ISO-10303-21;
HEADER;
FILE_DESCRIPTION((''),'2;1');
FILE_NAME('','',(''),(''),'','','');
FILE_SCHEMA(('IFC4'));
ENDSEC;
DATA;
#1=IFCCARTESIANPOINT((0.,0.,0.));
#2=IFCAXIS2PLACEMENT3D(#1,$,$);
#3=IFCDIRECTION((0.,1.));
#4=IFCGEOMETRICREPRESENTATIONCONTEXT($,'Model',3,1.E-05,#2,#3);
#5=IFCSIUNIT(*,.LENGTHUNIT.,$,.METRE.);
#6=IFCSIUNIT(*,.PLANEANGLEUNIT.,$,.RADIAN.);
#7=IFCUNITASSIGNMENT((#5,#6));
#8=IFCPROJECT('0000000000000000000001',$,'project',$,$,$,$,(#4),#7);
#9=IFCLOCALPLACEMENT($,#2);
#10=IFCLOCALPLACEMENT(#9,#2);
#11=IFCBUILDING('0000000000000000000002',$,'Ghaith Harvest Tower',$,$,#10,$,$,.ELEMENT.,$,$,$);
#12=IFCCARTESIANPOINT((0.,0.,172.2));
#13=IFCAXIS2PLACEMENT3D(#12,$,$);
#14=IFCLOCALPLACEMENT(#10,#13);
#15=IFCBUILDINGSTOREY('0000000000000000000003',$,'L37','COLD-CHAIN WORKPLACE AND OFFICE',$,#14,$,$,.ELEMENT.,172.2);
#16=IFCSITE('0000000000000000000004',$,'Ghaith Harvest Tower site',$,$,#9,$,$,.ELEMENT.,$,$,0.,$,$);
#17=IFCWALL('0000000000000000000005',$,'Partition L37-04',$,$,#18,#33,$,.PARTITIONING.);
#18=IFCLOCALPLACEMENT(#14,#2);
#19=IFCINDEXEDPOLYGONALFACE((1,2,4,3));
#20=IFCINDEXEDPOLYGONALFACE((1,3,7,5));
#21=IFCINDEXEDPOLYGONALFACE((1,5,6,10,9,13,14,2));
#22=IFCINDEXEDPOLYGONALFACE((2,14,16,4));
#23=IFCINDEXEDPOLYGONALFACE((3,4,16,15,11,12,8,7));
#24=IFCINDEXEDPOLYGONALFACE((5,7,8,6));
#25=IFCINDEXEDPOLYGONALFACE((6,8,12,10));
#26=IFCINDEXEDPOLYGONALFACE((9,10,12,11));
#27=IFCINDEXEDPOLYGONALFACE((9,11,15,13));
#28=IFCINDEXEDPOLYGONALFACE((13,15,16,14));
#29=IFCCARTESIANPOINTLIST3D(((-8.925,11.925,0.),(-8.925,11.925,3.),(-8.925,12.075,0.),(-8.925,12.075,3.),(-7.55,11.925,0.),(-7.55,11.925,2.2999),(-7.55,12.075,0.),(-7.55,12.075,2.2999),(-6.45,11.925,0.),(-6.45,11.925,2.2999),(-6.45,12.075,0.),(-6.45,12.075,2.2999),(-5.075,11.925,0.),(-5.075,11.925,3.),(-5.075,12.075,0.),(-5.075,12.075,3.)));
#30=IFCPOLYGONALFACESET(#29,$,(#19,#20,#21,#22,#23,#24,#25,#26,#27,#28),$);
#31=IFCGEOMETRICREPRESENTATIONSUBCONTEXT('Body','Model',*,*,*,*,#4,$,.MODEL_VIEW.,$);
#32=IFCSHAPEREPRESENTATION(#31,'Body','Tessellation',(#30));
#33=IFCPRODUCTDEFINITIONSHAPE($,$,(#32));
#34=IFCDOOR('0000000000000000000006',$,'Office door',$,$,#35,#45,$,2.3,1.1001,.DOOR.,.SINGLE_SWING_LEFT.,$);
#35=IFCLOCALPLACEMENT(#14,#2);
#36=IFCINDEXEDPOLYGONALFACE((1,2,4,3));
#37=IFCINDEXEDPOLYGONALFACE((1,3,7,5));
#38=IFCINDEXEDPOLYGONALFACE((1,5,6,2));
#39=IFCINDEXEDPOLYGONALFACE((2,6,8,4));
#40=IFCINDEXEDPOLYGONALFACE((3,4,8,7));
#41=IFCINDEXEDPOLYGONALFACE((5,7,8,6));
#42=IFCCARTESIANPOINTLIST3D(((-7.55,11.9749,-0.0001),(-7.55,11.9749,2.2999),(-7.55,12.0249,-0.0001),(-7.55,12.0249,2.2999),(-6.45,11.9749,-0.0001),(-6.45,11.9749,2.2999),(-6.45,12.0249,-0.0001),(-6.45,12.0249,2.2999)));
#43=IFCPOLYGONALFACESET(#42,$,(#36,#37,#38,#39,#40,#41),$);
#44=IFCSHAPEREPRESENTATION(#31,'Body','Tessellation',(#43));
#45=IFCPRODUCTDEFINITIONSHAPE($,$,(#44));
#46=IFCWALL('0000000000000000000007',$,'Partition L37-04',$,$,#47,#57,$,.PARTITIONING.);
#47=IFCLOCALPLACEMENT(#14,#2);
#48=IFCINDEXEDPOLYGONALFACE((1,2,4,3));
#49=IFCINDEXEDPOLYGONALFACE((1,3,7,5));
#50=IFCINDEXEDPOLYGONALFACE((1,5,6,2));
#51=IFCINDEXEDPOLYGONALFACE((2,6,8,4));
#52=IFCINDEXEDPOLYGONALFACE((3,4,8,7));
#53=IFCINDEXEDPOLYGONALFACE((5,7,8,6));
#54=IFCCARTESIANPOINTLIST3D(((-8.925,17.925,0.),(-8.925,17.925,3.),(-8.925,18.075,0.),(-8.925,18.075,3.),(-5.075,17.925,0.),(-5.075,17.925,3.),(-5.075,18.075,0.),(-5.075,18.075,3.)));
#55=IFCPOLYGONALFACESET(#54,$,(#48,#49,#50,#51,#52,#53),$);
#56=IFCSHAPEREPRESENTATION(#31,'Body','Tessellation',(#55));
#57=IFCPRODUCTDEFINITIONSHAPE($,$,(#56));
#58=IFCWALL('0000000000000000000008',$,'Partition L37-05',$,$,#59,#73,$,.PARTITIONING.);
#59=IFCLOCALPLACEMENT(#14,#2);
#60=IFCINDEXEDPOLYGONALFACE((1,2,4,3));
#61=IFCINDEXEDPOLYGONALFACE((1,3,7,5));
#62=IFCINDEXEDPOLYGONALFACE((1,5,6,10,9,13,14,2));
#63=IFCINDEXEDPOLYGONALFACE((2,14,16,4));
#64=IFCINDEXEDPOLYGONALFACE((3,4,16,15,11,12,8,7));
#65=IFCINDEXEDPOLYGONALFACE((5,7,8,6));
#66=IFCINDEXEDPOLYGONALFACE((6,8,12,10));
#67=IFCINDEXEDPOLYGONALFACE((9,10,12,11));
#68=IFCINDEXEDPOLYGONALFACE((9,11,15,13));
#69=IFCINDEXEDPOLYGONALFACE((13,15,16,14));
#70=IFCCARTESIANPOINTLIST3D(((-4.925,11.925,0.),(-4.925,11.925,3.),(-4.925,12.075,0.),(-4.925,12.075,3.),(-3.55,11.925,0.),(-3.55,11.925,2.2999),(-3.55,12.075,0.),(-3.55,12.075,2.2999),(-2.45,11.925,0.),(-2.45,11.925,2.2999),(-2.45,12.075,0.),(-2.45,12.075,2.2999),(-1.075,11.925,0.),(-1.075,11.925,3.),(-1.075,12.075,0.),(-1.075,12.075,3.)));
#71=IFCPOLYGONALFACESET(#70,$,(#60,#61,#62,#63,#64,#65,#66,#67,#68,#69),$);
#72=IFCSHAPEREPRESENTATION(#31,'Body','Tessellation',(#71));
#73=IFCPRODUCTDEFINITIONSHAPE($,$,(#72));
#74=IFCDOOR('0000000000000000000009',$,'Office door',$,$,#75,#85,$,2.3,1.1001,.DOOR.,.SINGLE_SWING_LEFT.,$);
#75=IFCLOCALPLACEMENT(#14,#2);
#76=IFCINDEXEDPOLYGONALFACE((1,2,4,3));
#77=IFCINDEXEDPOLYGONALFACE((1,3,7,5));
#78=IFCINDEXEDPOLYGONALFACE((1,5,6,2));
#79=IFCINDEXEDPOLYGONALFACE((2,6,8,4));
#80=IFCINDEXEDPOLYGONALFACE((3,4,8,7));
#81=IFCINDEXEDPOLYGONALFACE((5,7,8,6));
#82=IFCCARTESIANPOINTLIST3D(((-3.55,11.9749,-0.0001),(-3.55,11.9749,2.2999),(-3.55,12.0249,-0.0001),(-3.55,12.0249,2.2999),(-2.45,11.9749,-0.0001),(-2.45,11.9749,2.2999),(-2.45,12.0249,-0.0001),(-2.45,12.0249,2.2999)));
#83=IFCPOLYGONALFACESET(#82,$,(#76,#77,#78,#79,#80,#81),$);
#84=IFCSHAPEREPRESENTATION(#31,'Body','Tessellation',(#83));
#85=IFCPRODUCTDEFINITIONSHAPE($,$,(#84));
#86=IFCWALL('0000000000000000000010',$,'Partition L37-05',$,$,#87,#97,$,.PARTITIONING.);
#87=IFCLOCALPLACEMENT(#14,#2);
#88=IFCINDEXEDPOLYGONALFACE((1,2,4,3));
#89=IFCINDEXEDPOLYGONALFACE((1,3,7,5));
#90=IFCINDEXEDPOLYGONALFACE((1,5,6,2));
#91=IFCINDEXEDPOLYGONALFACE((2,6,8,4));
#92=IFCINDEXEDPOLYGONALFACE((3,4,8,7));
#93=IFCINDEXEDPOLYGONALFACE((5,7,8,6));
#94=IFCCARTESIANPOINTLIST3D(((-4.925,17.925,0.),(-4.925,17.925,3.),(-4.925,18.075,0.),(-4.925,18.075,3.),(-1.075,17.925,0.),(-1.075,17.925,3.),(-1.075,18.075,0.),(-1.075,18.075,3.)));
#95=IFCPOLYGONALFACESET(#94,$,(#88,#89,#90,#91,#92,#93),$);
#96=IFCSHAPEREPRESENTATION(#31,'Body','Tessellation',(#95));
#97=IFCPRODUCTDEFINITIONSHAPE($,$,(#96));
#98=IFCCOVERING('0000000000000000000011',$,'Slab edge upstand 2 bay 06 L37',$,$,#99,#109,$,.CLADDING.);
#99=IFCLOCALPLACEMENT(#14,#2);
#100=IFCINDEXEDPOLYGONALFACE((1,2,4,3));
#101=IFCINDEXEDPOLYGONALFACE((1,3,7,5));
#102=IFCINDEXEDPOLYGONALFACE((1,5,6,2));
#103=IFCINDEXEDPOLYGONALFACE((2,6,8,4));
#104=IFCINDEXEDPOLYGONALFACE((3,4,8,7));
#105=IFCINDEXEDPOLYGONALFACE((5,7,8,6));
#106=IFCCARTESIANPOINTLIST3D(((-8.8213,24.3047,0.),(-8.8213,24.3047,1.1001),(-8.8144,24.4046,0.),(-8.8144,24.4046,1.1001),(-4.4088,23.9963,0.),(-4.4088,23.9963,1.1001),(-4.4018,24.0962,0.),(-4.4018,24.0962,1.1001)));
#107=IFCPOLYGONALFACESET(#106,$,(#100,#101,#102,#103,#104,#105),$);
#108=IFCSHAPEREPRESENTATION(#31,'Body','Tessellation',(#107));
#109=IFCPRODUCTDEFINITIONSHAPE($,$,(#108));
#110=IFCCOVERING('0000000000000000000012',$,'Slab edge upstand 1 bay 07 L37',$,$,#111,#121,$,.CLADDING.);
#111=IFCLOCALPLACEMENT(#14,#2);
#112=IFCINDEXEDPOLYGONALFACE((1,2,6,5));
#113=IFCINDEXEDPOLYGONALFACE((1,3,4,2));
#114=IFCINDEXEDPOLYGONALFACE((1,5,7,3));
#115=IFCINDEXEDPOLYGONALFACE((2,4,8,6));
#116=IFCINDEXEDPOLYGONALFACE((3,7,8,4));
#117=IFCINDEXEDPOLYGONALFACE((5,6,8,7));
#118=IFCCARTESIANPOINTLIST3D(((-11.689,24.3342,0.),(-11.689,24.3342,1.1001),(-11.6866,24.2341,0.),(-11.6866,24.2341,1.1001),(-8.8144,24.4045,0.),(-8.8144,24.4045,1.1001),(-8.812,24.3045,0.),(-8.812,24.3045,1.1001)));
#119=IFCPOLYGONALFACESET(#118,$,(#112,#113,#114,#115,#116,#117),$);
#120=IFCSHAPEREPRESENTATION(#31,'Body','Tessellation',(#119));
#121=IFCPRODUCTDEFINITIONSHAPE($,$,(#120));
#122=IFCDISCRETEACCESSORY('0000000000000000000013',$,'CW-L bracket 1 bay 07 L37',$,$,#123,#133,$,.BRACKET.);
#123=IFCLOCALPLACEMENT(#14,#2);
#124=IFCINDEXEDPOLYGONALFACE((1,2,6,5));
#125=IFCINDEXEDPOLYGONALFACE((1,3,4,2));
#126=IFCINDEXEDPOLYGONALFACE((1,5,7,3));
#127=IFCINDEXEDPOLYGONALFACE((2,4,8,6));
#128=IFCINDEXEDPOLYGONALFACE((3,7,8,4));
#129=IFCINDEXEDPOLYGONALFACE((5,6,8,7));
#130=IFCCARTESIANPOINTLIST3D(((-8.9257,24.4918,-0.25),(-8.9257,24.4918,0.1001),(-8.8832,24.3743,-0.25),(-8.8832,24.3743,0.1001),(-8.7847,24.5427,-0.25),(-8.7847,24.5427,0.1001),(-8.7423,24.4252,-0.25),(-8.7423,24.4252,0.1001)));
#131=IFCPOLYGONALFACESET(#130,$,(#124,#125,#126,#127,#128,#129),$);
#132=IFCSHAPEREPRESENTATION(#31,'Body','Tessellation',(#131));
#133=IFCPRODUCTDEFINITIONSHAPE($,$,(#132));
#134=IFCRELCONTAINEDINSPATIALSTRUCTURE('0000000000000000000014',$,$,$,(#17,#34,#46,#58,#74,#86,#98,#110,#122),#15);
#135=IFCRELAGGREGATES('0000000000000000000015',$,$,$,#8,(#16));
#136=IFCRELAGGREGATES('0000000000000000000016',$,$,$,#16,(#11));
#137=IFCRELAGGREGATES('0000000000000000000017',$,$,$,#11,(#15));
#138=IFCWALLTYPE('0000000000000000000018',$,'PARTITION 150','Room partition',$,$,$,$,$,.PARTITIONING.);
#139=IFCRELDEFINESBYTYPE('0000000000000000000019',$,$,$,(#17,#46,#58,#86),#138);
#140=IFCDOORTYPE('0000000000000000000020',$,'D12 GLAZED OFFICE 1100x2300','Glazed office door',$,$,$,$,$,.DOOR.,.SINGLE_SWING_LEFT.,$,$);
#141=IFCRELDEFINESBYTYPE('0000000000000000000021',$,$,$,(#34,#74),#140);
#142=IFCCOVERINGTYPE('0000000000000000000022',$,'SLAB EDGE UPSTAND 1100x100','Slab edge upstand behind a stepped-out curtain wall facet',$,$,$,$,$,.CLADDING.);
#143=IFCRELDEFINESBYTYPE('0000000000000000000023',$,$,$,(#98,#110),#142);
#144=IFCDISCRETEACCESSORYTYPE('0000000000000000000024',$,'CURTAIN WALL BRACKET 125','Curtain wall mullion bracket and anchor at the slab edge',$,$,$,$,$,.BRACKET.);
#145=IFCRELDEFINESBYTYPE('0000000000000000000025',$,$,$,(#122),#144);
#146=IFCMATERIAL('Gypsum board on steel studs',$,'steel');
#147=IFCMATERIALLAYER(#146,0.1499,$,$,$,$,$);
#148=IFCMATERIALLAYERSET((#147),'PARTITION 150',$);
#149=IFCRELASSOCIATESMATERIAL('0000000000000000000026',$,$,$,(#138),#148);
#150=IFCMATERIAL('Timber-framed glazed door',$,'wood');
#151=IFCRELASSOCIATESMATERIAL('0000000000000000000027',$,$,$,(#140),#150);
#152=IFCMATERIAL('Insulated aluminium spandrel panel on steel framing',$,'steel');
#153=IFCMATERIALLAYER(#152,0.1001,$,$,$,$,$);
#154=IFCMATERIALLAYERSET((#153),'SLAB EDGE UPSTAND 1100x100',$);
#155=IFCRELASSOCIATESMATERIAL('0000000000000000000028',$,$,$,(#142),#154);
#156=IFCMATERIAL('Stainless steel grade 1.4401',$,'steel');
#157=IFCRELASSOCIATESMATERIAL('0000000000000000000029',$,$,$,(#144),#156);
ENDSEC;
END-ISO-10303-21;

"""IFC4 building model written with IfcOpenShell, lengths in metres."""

from ifc_helpers import new_model, si_unit, direction, frame, frame_2d, origin, origin_2d, place, context, subcontext, project, spatial, rectangle, extrude, material, layer, layer_set, type_object, element, fill, save


model = new_model("IFC4")

# Units and contexts
model_context = context("Model", 3, precision=1e-05, world=origin(), true_north=direction((0.0, 1.0)))
body_context = subcontext(model_context, "Body", "Model", "MODEL_VIEW")
ifc_project = project(units=[si_unit("LENGTHUNIT", "METRE"), si_unit("PLANEANGLEUNIT", "RADIAN")], contexts=[model_context])

# Site, building, storey
site_placement = place(None, origin())
site = spatial("IfcSite", under=ifc_project, at=site_placement, Name="Ghaith Harvest Tower site", CompositionType="ELEMENT", RefElevation=0.0)
building_placement = place(site_placement, origin())
building = spatial("IfcBuilding", under=site, at=building_placement, Name="Ghaith Harvest Tower", CompositionType="ELEMENT")
storey_placement = place(building_placement, frame((0.0, 0.0, 172.2)))
storey = spatial("IfcBuildingStorey", under=building, at=storey_placement, Name="L37", Description="COLD-CHAIN WORKPLACE AND OFFICE", CompositionType="ELEMENT", Elevation=172.2)

# Shared definitions
ifc_material_1 = material(Name="Gypsum board on steel studs", Category="steel")
ifc_layer_1 = layer(ifc_material_1, 0.1499)
ifc_layer_set_1 = layer_set([ifc_layer_1], Name="PARTITION 150")
wall_type = type_object("IfcWallType", Name="PARTITION 150", Description="Room partition", PredefinedType="PARTITIONING", material=ifc_layer_set_1)

# Shared definitions
ifc_material_2 = material(Name="Timber-framed glazed door", Category="wood")
door_type = type_object("IfcDoorType", Name="D12 GLAZED OFFICE 1100x2300", Description="Glazed office door", OperationType="SINGLE_SWING_LEFT", PredefinedType="DOOR", material=ifc_material_2)

# Wall, opening, door
wall_1_placement = place(storey_placement, frame((-8.925, 12.0, 0.0), z_axis=(0.0, 0.0, 1.0), x_axis=(1.0, 0.0, 0.0)))
wall_1 = element("IfcWall", 1, at=wall_1_placement, inside=storey, type_object=wall_type, Name="Partition L37-04", PredefinedType="PARTITIONING", context=body_context, shape_type="SweptSolid", body=[
    extrude(rectangle(XDim=3.8501, YDim=0.1499, at=frame_2d((1.925, 0.0))), origin(), (0.0, 0.0, 1.0), 3.0),
])
opening_1_placement = place(wall_1_placement, frame((1.375, 0.0, 0.0)))
opening_1 = element("IfcOpeningElement", 2, at=opening_1_placement, cuts=wall_1, PredefinedType="OPENING", context=body_context, shape_type="SweptSolid", body=[
    extrude(rectangle(XDim=1.1001, YDim=2.3, at=frame_2d((0.55, 1.1499))), frame((0.0, 0.085, 0.0), z_axis=(0.0, -1.0, 0.0), x_axis=(1.0, 0.0, 0.0)), (0.0, 0.0, 1.0), 0.1699),
])
door_1_placement = place(opening_1_placement, origin())
door_1 = element("IfcDoor", 3, at=door_1_placement, inside=storey, type_object=door_type, Name="Office door", OperationType="SINGLE_SWING_LEFT", OverallHeight=2.3, OverallWidth=1.1001, PredefinedType="DOOR", context=body_context, shape_type="SweptSolid", body=[
    extrude(rectangle(XDim=1.1001, YDim=2.3, at=frame_2d((0.55, 1.1499))), frame((0.0, 0.0249, 0.0), z_axis=(0.0, -1.0, 0.0), x_axis=(1.0, 0.0, 0.0)), (0.0, 0.0, 1.0), 0.05),
])
fill(opening_1, door_1)

# Wall
wall_2_placement = place(storey_placement, frame((-8.925, 18.0, 0.0), z_axis=(0.0, 0.0, 1.0), x_axis=(1.0, 0.0, 0.0)))
element("IfcWall", 4, at=wall_2_placement, inside=storey, type_object=wall_type, Name="Partition L37-04", PredefinedType="PARTITIONING", context=body_context, shape_type="SweptSolid", body=[
    extrude(rectangle(XDim=3.8501, YDim=0.1499, at=frame_2d((1.925, 0.0))), origin(), (0.0, 0.0, 1.0), 3.0),
])

# Wall, opening, door
wall_3_placement = place(storey_placement, frame((-4.925, 12.0, 0.0), z_axis=(0.0, 0.0, 1.0), x_axis=(1.0, 0.0, 0.0)))
wall_3 = element("IfcWall", 5, at=wall_3_placement, inside=storey, type_object=wall_type, Name="Partition L37-05", PredefinedType="PARTITIONING", context=body_context, shape_type="SweptSolid", body=[
    extrude(rectangle(XDim=3.8501, YDim=0.1499, at=frame_2d((1.925, 0.0))), origin(), (0.0, 0.0, 1.0), 3.0),
])
opening_2_placement = place(wall_3_placement, frame((1.375, 0.0, 0.0)))
opening_2 = element("IfcOpeningElement", 6, at=opening_2_placement, cuts=wall_3, PredefinedType="OPENING", context=body_context, shape_type="SweptSolid", body=[
    extrude(rectangle(XDim=1.1001, YDim=2.3, at=frame_2d((0.55, 1.1499))), frame((0.0, 0.085, 0.0), z_axis=(0.0, -1.0, 0.0), x_axis=(1.0, 0.0, 0.0)), (0.0, 0.0, 1.0), 0.1699),
])
door_2_placement = place(opening_2_placement, origin())
door_2 = element("IfcDoor", 7, at=door_2_placement, inside=storey, type_object=door_type, Name="Office door", OperationType="SINGLE_SWING_LEFT", OverallHeight=2.3, OverallWidth=1.1001, PredefinedType="DOOR", context=body_context, shape_type="SweptSolid", body=[
    extrude(rectangle(XDim=1.1001, YDim=2.3, at=frame_2d((0.55, 1.1499))), frame((0.0, 0.0249, 0.0), z_axis=(0.0, -1.0, 0.0), x_axis=(1.0, 0.0, 0.0)), (0.0, 0.0, 1.0), 0.05),
])
fill(opening_2, door_2)

# Wall
wall_4_placement = place(storey_placement, frame((-4.925, 18.0, 0.0), z_axis=(0.0, 0.0, 1.0), x_axis=(1.0, 0.0, 0.0)))
element("IfcWall", 8, at=wall_4_placement, inside=storey, type_object=wall_type, Name="Partition L37-05", PredefinedType="PARTITIONING", context=body_context, shape_type="SweptSolid", body=[
    extrude(rectangle(XDim=3.8501, YDim=0.1499, at=frame_2d((1.925, 0.0))), origin(), (0.0, 0.0, 1.0), 3.0),
])

# Coverings
ifc_material_3 = material(Name="Insulated aluminium spandrel panel on steel framing", Category="steel")
ifc_layer_2 = layer(ifc_material_3, 0.1001)
ifc_layer_set_2 = layer_set([ifc_layer_2], Name="SLAB EDGE UPSTAND 1100x100")
covering_type = type_object("IfcCoveringType", Name="SLAB EDGE UPSTAND 1100x100", Description="Slab edge upstand behind a stepped-out curtain wall facet", PredefinedType="CLADDING", material=ifc_layer_set_2)
covering_1_placement = place(storey_placement, frame((-6.6116, 24.2004, 0.0), z_axis=(0.0, 0.0, 1.0), x_axis=(-0.997566, 0.069726, 0.0)))
element("IfcCovering", 9, at=covering_1_placement, inside=storey, type_object=covering_type, Name="Slab edge upstand 2 bay 06 L37", PredefinedType="CLADDING", context=body_context, shape_type="SweptSolid", body=[
    extrude(rectangle(XDim=4.4233, YDim=0.1001, at=origin_2d()), origin(), (0.0, 0.0, 1.0), 1.1001),
])
covering_2_placement = place(storey_placement, frame((-10.2505, 24.3193, 0.0), z_axis=(0.0, 0.0, 1.0), x_axis=(-0.999701, -0.024458, 0.0)))
element("IfcCovering", 10, at=covering_2_placement, inside=storey, type_object=covering_type, Name="Slab edge upstand 1 bay 07 L37", PredefinedType="CLADDING", context=body_context, shape_type="SweptSolid", body=[
    extrude(rectangle(XDim=2.8755, YDim=0.1001, at=origin_2d()), origin(), (0.0, 0.0, 1.0), 1.1001),
])

# Discrete accessory
ifc_material_4 = material(Name="Stainless steel grade 1.4401", Category="steel")
discrete_accessory_type = type_object("IfcDiscreteAccessoryType", Name="CURTAIN WALL BRACKET 125", Description="Curtain wall mullion bracket and anchor at the slab edge", PredefinedType="BRACKET", material=ifc_material_4)
discrete_accessory_placement = place(storey_placement, frame((-8.834, 24.4585, -0.25), z_axis=(0.0, 0.0, 1.0), x_axis=(-0.339699, 0.940534, 0.0)))
element("IfcDiscreteAccessory", 11, at=discrete_accessory_placement, inside=storey, type_object=discrete_accessory_type, Name="CW-L bracket 1 bay 07 L37", PredefinedType="BRACKET", context=body_context, shape_type="SweptSolid", body=[
    extrude(rectangle(XDim=0.125, YDim=0.1499, at=origin_2d()), origin(), (0.0, 0.0, 1.0), 0.3501),
])

save(model, "model.ifc")
